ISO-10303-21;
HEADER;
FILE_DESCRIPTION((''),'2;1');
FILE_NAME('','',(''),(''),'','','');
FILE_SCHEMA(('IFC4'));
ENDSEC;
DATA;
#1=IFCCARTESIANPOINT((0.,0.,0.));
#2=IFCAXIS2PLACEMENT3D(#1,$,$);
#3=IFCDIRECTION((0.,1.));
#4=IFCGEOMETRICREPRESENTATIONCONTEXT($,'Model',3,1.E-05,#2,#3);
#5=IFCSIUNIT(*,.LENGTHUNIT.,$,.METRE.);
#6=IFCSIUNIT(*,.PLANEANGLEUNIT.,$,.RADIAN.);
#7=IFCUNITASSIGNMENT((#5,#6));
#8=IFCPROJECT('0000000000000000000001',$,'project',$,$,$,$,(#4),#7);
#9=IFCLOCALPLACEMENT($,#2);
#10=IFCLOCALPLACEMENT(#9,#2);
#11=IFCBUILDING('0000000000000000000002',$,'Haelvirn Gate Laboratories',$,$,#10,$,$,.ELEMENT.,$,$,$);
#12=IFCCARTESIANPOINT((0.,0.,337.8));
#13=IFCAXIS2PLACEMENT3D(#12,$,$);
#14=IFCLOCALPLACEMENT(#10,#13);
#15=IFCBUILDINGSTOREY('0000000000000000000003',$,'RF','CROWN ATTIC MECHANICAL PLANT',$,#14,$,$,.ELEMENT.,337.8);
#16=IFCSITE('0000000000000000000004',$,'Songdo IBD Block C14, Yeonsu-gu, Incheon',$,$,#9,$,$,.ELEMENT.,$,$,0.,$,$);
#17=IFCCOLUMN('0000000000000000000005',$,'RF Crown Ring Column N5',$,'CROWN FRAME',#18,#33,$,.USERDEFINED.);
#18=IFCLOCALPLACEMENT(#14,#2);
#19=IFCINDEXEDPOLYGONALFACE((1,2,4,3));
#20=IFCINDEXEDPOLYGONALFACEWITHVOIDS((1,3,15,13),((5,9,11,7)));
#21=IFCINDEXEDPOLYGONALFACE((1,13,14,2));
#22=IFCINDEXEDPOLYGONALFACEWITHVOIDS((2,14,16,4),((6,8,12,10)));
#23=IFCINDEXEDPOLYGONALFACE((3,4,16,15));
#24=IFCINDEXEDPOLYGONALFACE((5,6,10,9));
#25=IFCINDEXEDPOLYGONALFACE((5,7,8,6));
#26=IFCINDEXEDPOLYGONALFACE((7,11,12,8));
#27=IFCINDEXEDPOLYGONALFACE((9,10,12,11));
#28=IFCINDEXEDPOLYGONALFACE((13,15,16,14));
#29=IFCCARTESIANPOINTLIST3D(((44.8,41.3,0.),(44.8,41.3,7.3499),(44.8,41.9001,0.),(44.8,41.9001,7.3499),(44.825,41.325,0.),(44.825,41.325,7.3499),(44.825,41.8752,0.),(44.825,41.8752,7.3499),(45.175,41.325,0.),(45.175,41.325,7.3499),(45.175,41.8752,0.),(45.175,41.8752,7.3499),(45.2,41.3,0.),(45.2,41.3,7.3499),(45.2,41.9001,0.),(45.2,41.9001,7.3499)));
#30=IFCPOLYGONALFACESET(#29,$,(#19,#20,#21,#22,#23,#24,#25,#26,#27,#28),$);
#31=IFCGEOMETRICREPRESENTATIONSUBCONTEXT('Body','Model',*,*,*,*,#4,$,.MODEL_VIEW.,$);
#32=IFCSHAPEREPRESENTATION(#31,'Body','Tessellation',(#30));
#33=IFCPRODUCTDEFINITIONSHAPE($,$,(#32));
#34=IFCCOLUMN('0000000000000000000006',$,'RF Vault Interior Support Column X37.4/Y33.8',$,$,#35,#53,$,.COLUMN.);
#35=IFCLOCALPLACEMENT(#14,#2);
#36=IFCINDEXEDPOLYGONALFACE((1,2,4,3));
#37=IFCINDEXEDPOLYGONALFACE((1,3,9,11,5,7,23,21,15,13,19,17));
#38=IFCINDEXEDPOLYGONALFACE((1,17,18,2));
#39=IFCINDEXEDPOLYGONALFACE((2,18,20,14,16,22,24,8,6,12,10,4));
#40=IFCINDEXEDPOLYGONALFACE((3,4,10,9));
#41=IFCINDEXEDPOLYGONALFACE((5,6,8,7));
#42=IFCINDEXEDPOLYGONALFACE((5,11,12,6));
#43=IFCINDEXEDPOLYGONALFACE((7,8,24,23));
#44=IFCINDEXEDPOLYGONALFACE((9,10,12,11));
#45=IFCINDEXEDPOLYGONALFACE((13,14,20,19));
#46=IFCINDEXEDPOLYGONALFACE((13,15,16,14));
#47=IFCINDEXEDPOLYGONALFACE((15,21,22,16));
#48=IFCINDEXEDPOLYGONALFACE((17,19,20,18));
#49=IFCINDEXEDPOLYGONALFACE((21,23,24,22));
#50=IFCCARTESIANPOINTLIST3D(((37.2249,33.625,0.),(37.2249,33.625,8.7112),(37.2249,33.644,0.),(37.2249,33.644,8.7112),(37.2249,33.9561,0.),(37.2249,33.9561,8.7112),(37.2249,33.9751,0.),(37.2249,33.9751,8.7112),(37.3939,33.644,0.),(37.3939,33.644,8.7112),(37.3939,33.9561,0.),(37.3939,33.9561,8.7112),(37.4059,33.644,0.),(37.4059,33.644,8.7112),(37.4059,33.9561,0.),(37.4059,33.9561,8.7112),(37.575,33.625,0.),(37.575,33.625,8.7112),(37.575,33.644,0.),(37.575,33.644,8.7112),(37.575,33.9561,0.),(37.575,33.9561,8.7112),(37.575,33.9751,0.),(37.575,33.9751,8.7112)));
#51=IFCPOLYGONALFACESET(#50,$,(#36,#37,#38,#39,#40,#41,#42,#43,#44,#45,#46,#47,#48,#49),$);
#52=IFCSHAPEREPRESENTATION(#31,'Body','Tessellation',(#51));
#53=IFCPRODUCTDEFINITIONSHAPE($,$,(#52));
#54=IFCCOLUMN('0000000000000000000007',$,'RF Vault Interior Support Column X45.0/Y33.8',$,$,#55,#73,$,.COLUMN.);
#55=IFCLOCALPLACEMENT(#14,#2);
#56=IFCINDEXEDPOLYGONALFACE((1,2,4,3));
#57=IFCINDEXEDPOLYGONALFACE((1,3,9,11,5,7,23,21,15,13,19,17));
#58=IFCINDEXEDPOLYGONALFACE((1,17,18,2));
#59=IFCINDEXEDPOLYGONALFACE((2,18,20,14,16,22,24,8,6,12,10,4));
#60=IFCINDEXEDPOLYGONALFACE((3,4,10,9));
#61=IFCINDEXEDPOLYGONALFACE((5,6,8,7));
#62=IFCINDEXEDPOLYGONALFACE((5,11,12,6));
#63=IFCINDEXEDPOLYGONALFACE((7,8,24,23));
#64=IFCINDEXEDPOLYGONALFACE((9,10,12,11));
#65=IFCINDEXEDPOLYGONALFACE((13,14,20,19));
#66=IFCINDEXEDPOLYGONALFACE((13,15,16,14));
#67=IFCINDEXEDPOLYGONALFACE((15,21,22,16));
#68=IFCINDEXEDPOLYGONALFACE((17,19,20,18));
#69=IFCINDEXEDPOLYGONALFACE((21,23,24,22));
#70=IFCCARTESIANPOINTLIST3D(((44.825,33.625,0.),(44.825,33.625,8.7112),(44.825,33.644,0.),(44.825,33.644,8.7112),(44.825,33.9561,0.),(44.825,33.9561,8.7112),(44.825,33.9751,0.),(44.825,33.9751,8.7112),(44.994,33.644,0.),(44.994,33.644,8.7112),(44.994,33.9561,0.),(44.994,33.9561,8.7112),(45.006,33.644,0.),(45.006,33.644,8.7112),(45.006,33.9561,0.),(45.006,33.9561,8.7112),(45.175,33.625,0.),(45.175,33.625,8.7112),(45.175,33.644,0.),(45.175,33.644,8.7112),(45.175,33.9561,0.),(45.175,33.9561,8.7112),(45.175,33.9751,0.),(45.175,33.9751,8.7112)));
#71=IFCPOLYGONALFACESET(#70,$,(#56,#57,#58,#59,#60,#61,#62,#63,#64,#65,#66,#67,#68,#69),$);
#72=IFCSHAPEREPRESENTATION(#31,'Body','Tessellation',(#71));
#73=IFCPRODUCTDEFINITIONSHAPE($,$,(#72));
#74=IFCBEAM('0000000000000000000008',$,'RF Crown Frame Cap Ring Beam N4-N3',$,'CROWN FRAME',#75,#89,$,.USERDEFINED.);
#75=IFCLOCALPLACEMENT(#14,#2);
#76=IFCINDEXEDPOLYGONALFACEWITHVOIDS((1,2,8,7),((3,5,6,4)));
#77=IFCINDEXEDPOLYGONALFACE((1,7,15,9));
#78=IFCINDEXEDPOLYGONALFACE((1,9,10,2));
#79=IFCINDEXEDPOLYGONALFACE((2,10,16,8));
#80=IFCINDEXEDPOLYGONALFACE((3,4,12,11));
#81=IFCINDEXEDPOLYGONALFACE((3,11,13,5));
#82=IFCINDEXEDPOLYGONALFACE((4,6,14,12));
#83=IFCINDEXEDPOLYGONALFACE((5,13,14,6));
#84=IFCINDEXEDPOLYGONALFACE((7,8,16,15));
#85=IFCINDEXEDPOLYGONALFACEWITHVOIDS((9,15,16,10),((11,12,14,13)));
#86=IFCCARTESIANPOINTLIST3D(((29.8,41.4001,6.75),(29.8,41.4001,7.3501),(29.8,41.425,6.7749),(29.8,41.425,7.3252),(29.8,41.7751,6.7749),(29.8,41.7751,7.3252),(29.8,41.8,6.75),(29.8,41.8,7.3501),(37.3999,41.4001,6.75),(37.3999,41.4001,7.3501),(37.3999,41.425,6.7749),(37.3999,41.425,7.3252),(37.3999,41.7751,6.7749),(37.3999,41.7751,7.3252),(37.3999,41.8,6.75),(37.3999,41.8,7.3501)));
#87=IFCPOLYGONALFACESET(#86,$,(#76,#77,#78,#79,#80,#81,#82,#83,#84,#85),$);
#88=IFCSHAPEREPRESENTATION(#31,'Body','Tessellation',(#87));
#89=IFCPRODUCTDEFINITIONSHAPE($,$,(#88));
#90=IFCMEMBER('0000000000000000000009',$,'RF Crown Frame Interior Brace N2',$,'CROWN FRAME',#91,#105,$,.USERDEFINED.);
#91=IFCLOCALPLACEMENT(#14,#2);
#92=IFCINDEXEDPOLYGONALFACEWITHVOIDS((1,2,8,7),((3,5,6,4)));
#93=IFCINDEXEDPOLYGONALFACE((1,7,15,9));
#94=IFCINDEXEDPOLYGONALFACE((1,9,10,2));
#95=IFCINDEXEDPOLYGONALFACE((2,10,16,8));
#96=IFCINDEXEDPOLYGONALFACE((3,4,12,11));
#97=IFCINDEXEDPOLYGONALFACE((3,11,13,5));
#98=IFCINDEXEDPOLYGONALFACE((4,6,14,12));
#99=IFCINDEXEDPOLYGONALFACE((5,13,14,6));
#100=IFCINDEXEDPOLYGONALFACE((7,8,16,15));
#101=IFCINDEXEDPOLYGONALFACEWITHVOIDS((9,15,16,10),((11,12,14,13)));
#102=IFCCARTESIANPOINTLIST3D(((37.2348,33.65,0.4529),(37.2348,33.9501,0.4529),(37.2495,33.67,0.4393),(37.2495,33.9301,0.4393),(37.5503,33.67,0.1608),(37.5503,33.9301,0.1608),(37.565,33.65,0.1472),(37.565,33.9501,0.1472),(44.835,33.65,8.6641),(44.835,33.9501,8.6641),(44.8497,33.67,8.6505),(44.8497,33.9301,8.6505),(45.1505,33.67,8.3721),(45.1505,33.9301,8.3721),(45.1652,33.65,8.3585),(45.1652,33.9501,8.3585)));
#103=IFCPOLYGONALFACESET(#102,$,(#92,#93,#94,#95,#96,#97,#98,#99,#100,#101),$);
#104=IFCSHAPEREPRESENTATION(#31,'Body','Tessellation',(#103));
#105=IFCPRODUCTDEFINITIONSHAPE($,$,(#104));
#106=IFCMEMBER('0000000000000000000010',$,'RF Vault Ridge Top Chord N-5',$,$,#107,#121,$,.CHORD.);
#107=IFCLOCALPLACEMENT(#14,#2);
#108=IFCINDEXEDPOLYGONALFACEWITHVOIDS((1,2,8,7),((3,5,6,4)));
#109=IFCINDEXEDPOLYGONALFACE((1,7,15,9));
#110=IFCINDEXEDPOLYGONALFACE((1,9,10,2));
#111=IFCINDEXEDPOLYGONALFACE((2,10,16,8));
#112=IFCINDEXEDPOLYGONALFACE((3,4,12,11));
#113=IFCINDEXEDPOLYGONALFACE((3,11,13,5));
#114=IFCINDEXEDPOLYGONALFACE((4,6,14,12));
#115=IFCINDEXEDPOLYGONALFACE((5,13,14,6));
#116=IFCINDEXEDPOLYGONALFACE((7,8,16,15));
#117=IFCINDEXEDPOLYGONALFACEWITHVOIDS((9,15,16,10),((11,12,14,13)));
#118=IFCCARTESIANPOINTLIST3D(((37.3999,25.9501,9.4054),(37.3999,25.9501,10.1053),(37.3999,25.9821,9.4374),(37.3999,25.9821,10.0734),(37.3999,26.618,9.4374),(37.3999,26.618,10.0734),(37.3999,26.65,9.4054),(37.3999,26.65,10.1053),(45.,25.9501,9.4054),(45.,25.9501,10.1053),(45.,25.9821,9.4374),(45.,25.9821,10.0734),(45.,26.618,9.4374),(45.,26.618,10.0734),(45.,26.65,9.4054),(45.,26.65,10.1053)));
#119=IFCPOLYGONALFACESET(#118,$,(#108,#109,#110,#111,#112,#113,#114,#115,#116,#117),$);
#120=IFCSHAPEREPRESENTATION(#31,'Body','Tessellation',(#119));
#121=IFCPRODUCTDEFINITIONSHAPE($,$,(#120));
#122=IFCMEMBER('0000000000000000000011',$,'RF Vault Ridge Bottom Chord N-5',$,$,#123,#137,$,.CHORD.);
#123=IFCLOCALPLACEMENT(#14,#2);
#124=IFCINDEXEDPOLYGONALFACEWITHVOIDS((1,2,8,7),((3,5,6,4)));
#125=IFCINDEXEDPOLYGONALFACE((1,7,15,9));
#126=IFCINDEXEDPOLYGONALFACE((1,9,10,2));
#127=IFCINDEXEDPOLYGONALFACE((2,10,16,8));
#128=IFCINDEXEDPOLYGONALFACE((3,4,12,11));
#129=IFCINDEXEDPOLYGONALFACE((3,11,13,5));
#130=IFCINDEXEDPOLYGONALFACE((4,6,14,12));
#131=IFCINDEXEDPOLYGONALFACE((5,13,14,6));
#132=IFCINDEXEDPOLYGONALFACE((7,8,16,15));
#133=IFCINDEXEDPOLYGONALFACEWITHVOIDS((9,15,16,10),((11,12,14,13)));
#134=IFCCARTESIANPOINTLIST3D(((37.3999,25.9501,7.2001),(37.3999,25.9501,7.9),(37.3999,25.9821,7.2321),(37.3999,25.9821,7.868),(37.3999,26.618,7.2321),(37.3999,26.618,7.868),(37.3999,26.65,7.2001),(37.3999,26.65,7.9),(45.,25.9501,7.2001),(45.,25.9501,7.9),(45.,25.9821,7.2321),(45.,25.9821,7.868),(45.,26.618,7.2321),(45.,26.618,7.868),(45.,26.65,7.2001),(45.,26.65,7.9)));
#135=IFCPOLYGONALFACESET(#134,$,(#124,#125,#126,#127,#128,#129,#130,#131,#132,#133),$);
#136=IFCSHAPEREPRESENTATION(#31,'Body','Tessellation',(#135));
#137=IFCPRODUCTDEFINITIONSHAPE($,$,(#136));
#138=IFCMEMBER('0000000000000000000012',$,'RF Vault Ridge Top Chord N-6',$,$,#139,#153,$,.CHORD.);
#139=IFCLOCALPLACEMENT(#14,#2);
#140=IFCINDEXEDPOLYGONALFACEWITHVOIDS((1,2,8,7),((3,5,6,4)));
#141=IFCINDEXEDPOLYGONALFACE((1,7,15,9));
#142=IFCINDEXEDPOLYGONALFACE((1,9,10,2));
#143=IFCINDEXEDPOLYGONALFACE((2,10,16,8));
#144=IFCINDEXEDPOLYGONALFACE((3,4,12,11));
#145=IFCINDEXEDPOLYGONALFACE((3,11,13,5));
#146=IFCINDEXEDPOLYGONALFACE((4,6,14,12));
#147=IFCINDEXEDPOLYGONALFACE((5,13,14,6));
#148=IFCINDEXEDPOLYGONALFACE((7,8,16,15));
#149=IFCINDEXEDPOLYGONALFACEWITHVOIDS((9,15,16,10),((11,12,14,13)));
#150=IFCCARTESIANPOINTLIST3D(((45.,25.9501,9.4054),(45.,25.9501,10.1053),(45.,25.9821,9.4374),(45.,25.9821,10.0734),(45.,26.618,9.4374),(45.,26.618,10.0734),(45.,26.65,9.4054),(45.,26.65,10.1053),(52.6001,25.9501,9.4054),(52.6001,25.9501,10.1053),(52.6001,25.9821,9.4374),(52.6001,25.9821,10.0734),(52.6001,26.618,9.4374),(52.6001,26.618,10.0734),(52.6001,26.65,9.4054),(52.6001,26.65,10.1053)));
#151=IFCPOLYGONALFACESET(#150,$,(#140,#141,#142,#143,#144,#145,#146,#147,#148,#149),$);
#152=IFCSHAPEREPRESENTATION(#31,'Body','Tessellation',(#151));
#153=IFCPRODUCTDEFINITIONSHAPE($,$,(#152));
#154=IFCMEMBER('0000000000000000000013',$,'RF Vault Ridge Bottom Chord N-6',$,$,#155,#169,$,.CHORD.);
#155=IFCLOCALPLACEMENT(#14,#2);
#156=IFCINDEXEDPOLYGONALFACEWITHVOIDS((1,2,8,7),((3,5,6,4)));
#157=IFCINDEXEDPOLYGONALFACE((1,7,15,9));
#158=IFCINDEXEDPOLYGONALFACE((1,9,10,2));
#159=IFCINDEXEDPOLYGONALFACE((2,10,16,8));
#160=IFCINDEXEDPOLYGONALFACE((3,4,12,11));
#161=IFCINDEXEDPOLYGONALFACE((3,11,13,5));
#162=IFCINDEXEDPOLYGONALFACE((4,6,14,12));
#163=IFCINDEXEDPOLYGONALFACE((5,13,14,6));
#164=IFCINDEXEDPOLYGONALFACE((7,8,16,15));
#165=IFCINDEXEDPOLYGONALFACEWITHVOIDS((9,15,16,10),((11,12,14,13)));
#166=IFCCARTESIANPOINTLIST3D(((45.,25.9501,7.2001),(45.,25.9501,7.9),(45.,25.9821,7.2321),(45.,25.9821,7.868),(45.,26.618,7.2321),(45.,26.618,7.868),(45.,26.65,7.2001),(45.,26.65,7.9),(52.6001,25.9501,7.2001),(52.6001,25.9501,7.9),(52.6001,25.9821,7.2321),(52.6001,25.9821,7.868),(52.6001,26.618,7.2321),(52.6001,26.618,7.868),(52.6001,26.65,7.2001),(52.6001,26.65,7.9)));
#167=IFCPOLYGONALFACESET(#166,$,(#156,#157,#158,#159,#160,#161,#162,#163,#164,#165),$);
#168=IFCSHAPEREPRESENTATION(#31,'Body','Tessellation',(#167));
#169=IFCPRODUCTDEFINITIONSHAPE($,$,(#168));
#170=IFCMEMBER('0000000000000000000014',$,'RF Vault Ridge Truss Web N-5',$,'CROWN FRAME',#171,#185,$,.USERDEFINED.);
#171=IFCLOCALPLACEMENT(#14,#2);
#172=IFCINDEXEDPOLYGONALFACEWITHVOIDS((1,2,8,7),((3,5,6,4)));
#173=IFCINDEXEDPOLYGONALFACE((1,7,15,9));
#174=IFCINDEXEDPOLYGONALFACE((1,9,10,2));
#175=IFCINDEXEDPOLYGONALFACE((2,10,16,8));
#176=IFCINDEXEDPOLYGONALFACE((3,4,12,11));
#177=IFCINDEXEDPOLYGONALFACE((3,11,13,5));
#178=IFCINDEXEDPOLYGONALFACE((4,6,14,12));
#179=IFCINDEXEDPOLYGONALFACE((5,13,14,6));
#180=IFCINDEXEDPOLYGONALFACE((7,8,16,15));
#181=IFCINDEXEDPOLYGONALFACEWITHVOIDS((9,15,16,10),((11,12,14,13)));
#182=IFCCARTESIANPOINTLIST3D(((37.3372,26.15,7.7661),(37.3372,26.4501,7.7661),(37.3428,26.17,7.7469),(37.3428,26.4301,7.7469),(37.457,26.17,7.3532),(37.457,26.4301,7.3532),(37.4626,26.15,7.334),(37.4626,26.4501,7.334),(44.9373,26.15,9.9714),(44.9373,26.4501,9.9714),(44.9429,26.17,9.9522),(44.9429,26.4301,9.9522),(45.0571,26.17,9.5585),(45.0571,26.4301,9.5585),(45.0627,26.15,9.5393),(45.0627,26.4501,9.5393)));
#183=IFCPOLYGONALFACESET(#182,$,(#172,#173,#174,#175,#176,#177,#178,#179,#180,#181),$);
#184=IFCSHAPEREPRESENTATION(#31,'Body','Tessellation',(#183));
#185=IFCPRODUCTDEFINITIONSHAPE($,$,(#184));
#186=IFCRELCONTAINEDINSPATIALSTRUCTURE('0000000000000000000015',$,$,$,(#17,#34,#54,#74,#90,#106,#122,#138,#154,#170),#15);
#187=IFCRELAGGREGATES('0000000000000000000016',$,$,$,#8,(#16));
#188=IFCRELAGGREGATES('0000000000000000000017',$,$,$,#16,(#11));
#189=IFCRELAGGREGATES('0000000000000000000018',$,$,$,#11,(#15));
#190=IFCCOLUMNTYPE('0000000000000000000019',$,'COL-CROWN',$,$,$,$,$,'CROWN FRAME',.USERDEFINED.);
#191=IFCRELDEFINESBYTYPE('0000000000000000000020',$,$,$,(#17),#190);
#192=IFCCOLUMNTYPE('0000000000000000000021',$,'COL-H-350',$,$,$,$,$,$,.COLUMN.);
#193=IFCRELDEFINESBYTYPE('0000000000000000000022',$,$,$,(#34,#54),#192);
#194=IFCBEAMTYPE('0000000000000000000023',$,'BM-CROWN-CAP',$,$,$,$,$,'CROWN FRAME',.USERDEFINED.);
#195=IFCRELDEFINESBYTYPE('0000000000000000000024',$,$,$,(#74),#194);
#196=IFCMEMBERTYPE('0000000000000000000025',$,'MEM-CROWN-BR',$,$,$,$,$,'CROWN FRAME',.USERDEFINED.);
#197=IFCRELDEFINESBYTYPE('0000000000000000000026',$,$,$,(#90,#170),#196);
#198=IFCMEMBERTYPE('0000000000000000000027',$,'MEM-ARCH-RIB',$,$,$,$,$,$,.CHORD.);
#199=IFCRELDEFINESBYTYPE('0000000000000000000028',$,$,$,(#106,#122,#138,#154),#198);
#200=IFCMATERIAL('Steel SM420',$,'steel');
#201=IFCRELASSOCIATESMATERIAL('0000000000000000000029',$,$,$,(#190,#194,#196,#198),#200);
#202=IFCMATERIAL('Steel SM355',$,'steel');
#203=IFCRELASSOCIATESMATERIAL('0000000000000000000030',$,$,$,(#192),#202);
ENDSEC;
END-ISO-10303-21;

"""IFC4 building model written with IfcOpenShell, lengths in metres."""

from ifc_helpers import new_model, si_unit, direction, frame, origin, origin_2d, place, context, subcontext, project, spatial, hollow_rectangle, i_section, extrude, source, transform, mapped, material, material_profile, profile_set, type_object, type_shapes, element, save


model = new_model("IFC4")

# Units and contexts
model_context = context("Model", 3, precision=1e-05, world=origin(), true_north=direction((0.0, 1.0)))
body_context = subcontext(model_context, "Body", "Model", "MODEL_VIEW")
ifc_project = project(units=[si_unit("LENGTHUNIT", "METRE"), si_unit("PLANEANGLEUNIT", "RADIAN")], contexts=[model_context])

# Site, building, storey
site_placement = place(None, origin())
site = spatial("IfcSite", under=ifc_project, at=site_placement, Name="Songdo IBD Block C14, Yeonsu-gu, Incheon", CompositionType="ELEMENT", RefElevation=0.0)
building_placement = place(site_placement, origin())
building = spatial("IfcBuilding", under=site, at=building_placement, Name="Haelvirn Gate Laboratories", CompositionType="ELEMENT")
storey_placement = place(building_placement, frame((0.0, 0.0, 337.8)))
storey = spatial("IfcBuildingStorey", under=building, at=storey_placement, Name="RF", Description="CROWN ATTIC MECHANICAL PLANT", CompositionType="ELEMENT", Elevation=337.8)

# Columns
ifc_material_1 = material(Name="Steel SM420", Category="steel")
ifc_material_profile_1 = material_profile(ifc_material_1, hollow_rectangle(XDim=0.3999, YDim=0.6001, WallThickness=0.0249, at=origin_2d()), Name="BOX-600x400x25")
ifc_profile_set_1 = profile_set([ifc_material_profile_1], Name="Steel SM420")
column_type_1 = type_object("IfcColumnType", Name="COL-CROWN", ElementType="CROWN FRAME", PredefinedType="USERDEFINED", material=ifc_profile_set_1)
shared_shape_1 = source(origin(), body_context, "Body", "SweptSolid", [
    extrude(hollow_rectangle(XDim=0.3999, YDim=0.6001, WallThickness=0.0249, at=origin_2d()), origin(), (0.0, 0.0, 1.0), 7.3499),
])
type_shapes(column_type_1, [shared_shape_1])
column_placement = place(storey_placement, frame((45.0, 41.6001, 0.0), z_axis=(0.0, 0.0, 1.0), x_axis=(1.0, 0.0, 0.0)))
element("IfcColumn", 1, at=column_placement, inside=storey, type_object=column_type_1, Name="RF Crown Ring Column N5", ObjectType="CROWN FRAME", PredefinedType="USERDEFINED", context=body_context, shape_type="MappedRepresentation", body=[
    mapped(shared_shape_1, transform((0.0, 0.0, 0.0), scale=1.0)),
])
ifc_material_2 = material(Name="Steel SM355", Category="steel")
ifc_material_profile_2 = material_profile(ifc_material_2, i_section(OverallWidth=0.3501, OverallDepth=0.3501, WebThickness=0.012, FlangeThickness=0.019, at=origin_2d()), Name="H-350x350x12x19")
ifc_profile_set_2 = profile_set([ifc_material_profile_2], Name="Steel SM355")
column_type_2 = type_object("IfcColumnType", Name="COL-H-350", PredefinedType="COLUMN", material=ifc_profile_set_2)
shared_shape_2 = source(origin(), body_context, "Body", "SweptSolid", [
    extrude(i_section(OverallWidth=0.3501, OverallDepth=0.3501, WebThickness=0.012, FlangeThickness=0.019, at=origin_2d()), origin(), (0.0, 0.0, 1.0), 8.7112),
])
type_shapes(column_type_2, [shared_shape_2])
for number, where, z_axis, x_axis, name in (
    (2, (37.3999, 33.8, 0.0), (0.0, 0.0, 1.0), (1.0, 0.0, 0.0), "RF Vault Interior Support Column X37.4/Y33.8"),
    (3, (45.0, 33.8, 0.0), (0.0, 0.0, 1.0), (1.0, 0.0, 0.0), "RF Vault Interior Support Column X45.0/Y33.8"),
):
    element("IfcColumn", number, at=place(storey_placement, frame(where, z_axis=z_axis, x_axis=x_axis)), inside=storey, type_object=column_type_2, Name=name, PredefinedType="COLUMN", context=body_context, shape_type="MappedRepresentation", body=[
        mapped(shared_shape_2, transform((0.0, 0.0, 0.0), scale=1.0)),
    ])

# Beam
ifc_material_profile_3 = material_profile(ifc_material_1, hollow_rectangle(XDim=0.3999, YDim=0.6001, WallThickness=0.0249, at=origin_2d()), Name="BOX-600x400x25")
ifc_profile_set_3 = profile_set([ifc_material_profile_3], Name="Steel SM420")
beam_type = type_object("IfcBeamType", Name="BM-CROWN-CAP", ElementType="CROWN FRAME", PredefinedType="USERDEFINED", material=ifc_profile_set_3)
shared_shape_3 = source(origin(), body_context, "Body", "SweptSolid", [
    extrude(hollow_rectangle(XDim=0.3999, YDim=0.6001, WallThickness=0.0249, at=origin_2d()), origin(), (0.0, 0.0, 1.0), 7.5999),
])
type_shapes(beam_type, [shared_shape_3])
beam_placement = place(storey_placement, frame((37.3999, 41.6001, 7.05), z_axis=(-1.0, 0.0, 0.0), x_axis=(0.0, -1.0, 0.0)))
element("IfcBeam", 4, at=beam_placement, inside=storey, type_object=beam_type, Name="RF Crown Frame Cap Ring Beam N4-N3", ObjectType="CROWN FRAME", PredefinedType="USERDEFINED", context=body_context, shape_type="MappedRepresentation", body=[
    mapped(shared_shape_3, transform((0.0, 0.0, 0.0), scale=1.0)),
])

# Members
ifc_material_profile_4 = material_profile(ifc_material_1, hollow_rectangle(XDim=0.3, YDim=0.45, WallThickness=0.02, at=origin_2d()), Name="BOX-450x300x20")
ifc_profile_set_4 = profile_set([ifc_material_profile_4], Name="Steel SM420")
member_type_1 = type_object("IfcMemberType", Name="MEM-CROWN-BR", ElementType="CROWN FRAME", PredefinedType="USERDEFINED", material=ifc_profile_set_4)
shared_shape_4 = source(origin(), body_context, "Body", "SweptSolid", [
    extrude(hollow_rectangle(XDim=0.3, YDim=0.45, WallThickness=0.02, at=origin_2d()), origin(), (0.0, 0.0, 1.0), 11.1887),
])
member_1_placement = place(storey_placement, frame((37.3999, 33.8, 0.3), z_axis=(0.679271, 0.0, 0.733888), x_axis=(0.0, 1.0, 0.0)))
element("IfcMember", 5, at=member_1_placement, inside=storey, type_object=member_type_1, Name="RF Crown Frame Interior Brace N2", ObjectType="CROWN FRAME", PredefinedType="USERDEFINED", context=body_context, shape_type="MappedRepresentation", body=[
    mapped(shared_shape_4, transform((0.0, 0.0, 0.0), scale=1.0)),
])
ifc_material_profile_5 = material_profile(ifc_material_1, hollow_rectangle(XDim=0.7, YDim=0.7, WallThickness=0.032, at=origin_2d()), Name="BOX-700x700x32")
ifc_profile_set_5 = profile_set([ifc_material_profile_5], Name="Steel SM420")
member_type_2 = type_object("IfcMemberType", Name="MEM-ARCH-RIB", PredefinedType="CHORD", material=ifc_profile_set_5)
shared_shape_5 = source(origin(), body_context, "Body", "SweptSolid", [
    extrude(hollow_rectangle(XDim=0.7, YDim=0.7, WallThickness=0.032, at=origin_2d()), origin(), (0.0, 0.0, 1.0), 7.6001),
])
type_shapes(member_type_2, [shared_shape_5])
for number, where, z_axis, x_axis, name in (
    (6, (37.3999, 26.3, 9.7554), (1.0, 0.0, 0.0), (0.0, 1.0, 0.0), "RF Vault Ridge Top Chord N-5"),
    (7, (37.3999, 26.3, 7.55), (1.0, 0.0, 0.0), (0.0, 1.0, 0.0), "RF Vault Ridge Bottom Chord N-5"),
    (8, (45.0, 26.3, 9.7554), (1.0, 0.0, 0.0), (0.0, 1.0, 0.0), "RF Vault Ridge Top Chord N-6"),
    (9, (45.0, 26.3, 7.55), (1.0, 0.0, 0.0), (0.0, 1.0, 0.0), "RF Vault Ridge Bottom Chord N-6"),
):
    element("IfcMember", number, at=place(storey_placement, frame(where, z_axis=z_axis, x_axis=x_axis)), inside=storey, type_object=member_type_2, Name=name, PredefinedType="CHORD", context=body_context, shape_type="MappedRepresentation", body=[
        mapped(shared_shape_5, transform((0.0, 0.0, 0.0), scale=1.0)),
    ])
shared_shape_6 = source(origin(), body_context, "Body", "SweptSolid", [
    extrude(hollow_rectangle(XDim=0.3, YDim=0.45, WallThickness=0.02, at=origin_2d()), origin(), (0.0, 0.0, 1.0), 7.9136),
])
type_shapes(member_type_1, [shared_shape_4, shared_shape_6])
for number, where, z_axis, x_axis, name in (
    (10, (37.3999, 26.3, 7.55), (0.960385, 0.0, 0.278675), (0.0, 1.0, 0.0), "RF Vault Ridge Truss Web N-5"),
):
    element("IfcMember", number, at=place(storey_placement, frame(where, z_axis=z_axis, x_axis=x_axis)), inside=storey, type_object=member_type_1, Name=name, ObjectType="CROWN FRAME", PredefinedType="USERDEFINED", context=body_context, shape_type="MappedRepresentation", body=[
        mapped(shared_shape_6, transform((0.0, 0.0, 0.0), scale=1.0)),
    ])

save(model, "model.ifc")
